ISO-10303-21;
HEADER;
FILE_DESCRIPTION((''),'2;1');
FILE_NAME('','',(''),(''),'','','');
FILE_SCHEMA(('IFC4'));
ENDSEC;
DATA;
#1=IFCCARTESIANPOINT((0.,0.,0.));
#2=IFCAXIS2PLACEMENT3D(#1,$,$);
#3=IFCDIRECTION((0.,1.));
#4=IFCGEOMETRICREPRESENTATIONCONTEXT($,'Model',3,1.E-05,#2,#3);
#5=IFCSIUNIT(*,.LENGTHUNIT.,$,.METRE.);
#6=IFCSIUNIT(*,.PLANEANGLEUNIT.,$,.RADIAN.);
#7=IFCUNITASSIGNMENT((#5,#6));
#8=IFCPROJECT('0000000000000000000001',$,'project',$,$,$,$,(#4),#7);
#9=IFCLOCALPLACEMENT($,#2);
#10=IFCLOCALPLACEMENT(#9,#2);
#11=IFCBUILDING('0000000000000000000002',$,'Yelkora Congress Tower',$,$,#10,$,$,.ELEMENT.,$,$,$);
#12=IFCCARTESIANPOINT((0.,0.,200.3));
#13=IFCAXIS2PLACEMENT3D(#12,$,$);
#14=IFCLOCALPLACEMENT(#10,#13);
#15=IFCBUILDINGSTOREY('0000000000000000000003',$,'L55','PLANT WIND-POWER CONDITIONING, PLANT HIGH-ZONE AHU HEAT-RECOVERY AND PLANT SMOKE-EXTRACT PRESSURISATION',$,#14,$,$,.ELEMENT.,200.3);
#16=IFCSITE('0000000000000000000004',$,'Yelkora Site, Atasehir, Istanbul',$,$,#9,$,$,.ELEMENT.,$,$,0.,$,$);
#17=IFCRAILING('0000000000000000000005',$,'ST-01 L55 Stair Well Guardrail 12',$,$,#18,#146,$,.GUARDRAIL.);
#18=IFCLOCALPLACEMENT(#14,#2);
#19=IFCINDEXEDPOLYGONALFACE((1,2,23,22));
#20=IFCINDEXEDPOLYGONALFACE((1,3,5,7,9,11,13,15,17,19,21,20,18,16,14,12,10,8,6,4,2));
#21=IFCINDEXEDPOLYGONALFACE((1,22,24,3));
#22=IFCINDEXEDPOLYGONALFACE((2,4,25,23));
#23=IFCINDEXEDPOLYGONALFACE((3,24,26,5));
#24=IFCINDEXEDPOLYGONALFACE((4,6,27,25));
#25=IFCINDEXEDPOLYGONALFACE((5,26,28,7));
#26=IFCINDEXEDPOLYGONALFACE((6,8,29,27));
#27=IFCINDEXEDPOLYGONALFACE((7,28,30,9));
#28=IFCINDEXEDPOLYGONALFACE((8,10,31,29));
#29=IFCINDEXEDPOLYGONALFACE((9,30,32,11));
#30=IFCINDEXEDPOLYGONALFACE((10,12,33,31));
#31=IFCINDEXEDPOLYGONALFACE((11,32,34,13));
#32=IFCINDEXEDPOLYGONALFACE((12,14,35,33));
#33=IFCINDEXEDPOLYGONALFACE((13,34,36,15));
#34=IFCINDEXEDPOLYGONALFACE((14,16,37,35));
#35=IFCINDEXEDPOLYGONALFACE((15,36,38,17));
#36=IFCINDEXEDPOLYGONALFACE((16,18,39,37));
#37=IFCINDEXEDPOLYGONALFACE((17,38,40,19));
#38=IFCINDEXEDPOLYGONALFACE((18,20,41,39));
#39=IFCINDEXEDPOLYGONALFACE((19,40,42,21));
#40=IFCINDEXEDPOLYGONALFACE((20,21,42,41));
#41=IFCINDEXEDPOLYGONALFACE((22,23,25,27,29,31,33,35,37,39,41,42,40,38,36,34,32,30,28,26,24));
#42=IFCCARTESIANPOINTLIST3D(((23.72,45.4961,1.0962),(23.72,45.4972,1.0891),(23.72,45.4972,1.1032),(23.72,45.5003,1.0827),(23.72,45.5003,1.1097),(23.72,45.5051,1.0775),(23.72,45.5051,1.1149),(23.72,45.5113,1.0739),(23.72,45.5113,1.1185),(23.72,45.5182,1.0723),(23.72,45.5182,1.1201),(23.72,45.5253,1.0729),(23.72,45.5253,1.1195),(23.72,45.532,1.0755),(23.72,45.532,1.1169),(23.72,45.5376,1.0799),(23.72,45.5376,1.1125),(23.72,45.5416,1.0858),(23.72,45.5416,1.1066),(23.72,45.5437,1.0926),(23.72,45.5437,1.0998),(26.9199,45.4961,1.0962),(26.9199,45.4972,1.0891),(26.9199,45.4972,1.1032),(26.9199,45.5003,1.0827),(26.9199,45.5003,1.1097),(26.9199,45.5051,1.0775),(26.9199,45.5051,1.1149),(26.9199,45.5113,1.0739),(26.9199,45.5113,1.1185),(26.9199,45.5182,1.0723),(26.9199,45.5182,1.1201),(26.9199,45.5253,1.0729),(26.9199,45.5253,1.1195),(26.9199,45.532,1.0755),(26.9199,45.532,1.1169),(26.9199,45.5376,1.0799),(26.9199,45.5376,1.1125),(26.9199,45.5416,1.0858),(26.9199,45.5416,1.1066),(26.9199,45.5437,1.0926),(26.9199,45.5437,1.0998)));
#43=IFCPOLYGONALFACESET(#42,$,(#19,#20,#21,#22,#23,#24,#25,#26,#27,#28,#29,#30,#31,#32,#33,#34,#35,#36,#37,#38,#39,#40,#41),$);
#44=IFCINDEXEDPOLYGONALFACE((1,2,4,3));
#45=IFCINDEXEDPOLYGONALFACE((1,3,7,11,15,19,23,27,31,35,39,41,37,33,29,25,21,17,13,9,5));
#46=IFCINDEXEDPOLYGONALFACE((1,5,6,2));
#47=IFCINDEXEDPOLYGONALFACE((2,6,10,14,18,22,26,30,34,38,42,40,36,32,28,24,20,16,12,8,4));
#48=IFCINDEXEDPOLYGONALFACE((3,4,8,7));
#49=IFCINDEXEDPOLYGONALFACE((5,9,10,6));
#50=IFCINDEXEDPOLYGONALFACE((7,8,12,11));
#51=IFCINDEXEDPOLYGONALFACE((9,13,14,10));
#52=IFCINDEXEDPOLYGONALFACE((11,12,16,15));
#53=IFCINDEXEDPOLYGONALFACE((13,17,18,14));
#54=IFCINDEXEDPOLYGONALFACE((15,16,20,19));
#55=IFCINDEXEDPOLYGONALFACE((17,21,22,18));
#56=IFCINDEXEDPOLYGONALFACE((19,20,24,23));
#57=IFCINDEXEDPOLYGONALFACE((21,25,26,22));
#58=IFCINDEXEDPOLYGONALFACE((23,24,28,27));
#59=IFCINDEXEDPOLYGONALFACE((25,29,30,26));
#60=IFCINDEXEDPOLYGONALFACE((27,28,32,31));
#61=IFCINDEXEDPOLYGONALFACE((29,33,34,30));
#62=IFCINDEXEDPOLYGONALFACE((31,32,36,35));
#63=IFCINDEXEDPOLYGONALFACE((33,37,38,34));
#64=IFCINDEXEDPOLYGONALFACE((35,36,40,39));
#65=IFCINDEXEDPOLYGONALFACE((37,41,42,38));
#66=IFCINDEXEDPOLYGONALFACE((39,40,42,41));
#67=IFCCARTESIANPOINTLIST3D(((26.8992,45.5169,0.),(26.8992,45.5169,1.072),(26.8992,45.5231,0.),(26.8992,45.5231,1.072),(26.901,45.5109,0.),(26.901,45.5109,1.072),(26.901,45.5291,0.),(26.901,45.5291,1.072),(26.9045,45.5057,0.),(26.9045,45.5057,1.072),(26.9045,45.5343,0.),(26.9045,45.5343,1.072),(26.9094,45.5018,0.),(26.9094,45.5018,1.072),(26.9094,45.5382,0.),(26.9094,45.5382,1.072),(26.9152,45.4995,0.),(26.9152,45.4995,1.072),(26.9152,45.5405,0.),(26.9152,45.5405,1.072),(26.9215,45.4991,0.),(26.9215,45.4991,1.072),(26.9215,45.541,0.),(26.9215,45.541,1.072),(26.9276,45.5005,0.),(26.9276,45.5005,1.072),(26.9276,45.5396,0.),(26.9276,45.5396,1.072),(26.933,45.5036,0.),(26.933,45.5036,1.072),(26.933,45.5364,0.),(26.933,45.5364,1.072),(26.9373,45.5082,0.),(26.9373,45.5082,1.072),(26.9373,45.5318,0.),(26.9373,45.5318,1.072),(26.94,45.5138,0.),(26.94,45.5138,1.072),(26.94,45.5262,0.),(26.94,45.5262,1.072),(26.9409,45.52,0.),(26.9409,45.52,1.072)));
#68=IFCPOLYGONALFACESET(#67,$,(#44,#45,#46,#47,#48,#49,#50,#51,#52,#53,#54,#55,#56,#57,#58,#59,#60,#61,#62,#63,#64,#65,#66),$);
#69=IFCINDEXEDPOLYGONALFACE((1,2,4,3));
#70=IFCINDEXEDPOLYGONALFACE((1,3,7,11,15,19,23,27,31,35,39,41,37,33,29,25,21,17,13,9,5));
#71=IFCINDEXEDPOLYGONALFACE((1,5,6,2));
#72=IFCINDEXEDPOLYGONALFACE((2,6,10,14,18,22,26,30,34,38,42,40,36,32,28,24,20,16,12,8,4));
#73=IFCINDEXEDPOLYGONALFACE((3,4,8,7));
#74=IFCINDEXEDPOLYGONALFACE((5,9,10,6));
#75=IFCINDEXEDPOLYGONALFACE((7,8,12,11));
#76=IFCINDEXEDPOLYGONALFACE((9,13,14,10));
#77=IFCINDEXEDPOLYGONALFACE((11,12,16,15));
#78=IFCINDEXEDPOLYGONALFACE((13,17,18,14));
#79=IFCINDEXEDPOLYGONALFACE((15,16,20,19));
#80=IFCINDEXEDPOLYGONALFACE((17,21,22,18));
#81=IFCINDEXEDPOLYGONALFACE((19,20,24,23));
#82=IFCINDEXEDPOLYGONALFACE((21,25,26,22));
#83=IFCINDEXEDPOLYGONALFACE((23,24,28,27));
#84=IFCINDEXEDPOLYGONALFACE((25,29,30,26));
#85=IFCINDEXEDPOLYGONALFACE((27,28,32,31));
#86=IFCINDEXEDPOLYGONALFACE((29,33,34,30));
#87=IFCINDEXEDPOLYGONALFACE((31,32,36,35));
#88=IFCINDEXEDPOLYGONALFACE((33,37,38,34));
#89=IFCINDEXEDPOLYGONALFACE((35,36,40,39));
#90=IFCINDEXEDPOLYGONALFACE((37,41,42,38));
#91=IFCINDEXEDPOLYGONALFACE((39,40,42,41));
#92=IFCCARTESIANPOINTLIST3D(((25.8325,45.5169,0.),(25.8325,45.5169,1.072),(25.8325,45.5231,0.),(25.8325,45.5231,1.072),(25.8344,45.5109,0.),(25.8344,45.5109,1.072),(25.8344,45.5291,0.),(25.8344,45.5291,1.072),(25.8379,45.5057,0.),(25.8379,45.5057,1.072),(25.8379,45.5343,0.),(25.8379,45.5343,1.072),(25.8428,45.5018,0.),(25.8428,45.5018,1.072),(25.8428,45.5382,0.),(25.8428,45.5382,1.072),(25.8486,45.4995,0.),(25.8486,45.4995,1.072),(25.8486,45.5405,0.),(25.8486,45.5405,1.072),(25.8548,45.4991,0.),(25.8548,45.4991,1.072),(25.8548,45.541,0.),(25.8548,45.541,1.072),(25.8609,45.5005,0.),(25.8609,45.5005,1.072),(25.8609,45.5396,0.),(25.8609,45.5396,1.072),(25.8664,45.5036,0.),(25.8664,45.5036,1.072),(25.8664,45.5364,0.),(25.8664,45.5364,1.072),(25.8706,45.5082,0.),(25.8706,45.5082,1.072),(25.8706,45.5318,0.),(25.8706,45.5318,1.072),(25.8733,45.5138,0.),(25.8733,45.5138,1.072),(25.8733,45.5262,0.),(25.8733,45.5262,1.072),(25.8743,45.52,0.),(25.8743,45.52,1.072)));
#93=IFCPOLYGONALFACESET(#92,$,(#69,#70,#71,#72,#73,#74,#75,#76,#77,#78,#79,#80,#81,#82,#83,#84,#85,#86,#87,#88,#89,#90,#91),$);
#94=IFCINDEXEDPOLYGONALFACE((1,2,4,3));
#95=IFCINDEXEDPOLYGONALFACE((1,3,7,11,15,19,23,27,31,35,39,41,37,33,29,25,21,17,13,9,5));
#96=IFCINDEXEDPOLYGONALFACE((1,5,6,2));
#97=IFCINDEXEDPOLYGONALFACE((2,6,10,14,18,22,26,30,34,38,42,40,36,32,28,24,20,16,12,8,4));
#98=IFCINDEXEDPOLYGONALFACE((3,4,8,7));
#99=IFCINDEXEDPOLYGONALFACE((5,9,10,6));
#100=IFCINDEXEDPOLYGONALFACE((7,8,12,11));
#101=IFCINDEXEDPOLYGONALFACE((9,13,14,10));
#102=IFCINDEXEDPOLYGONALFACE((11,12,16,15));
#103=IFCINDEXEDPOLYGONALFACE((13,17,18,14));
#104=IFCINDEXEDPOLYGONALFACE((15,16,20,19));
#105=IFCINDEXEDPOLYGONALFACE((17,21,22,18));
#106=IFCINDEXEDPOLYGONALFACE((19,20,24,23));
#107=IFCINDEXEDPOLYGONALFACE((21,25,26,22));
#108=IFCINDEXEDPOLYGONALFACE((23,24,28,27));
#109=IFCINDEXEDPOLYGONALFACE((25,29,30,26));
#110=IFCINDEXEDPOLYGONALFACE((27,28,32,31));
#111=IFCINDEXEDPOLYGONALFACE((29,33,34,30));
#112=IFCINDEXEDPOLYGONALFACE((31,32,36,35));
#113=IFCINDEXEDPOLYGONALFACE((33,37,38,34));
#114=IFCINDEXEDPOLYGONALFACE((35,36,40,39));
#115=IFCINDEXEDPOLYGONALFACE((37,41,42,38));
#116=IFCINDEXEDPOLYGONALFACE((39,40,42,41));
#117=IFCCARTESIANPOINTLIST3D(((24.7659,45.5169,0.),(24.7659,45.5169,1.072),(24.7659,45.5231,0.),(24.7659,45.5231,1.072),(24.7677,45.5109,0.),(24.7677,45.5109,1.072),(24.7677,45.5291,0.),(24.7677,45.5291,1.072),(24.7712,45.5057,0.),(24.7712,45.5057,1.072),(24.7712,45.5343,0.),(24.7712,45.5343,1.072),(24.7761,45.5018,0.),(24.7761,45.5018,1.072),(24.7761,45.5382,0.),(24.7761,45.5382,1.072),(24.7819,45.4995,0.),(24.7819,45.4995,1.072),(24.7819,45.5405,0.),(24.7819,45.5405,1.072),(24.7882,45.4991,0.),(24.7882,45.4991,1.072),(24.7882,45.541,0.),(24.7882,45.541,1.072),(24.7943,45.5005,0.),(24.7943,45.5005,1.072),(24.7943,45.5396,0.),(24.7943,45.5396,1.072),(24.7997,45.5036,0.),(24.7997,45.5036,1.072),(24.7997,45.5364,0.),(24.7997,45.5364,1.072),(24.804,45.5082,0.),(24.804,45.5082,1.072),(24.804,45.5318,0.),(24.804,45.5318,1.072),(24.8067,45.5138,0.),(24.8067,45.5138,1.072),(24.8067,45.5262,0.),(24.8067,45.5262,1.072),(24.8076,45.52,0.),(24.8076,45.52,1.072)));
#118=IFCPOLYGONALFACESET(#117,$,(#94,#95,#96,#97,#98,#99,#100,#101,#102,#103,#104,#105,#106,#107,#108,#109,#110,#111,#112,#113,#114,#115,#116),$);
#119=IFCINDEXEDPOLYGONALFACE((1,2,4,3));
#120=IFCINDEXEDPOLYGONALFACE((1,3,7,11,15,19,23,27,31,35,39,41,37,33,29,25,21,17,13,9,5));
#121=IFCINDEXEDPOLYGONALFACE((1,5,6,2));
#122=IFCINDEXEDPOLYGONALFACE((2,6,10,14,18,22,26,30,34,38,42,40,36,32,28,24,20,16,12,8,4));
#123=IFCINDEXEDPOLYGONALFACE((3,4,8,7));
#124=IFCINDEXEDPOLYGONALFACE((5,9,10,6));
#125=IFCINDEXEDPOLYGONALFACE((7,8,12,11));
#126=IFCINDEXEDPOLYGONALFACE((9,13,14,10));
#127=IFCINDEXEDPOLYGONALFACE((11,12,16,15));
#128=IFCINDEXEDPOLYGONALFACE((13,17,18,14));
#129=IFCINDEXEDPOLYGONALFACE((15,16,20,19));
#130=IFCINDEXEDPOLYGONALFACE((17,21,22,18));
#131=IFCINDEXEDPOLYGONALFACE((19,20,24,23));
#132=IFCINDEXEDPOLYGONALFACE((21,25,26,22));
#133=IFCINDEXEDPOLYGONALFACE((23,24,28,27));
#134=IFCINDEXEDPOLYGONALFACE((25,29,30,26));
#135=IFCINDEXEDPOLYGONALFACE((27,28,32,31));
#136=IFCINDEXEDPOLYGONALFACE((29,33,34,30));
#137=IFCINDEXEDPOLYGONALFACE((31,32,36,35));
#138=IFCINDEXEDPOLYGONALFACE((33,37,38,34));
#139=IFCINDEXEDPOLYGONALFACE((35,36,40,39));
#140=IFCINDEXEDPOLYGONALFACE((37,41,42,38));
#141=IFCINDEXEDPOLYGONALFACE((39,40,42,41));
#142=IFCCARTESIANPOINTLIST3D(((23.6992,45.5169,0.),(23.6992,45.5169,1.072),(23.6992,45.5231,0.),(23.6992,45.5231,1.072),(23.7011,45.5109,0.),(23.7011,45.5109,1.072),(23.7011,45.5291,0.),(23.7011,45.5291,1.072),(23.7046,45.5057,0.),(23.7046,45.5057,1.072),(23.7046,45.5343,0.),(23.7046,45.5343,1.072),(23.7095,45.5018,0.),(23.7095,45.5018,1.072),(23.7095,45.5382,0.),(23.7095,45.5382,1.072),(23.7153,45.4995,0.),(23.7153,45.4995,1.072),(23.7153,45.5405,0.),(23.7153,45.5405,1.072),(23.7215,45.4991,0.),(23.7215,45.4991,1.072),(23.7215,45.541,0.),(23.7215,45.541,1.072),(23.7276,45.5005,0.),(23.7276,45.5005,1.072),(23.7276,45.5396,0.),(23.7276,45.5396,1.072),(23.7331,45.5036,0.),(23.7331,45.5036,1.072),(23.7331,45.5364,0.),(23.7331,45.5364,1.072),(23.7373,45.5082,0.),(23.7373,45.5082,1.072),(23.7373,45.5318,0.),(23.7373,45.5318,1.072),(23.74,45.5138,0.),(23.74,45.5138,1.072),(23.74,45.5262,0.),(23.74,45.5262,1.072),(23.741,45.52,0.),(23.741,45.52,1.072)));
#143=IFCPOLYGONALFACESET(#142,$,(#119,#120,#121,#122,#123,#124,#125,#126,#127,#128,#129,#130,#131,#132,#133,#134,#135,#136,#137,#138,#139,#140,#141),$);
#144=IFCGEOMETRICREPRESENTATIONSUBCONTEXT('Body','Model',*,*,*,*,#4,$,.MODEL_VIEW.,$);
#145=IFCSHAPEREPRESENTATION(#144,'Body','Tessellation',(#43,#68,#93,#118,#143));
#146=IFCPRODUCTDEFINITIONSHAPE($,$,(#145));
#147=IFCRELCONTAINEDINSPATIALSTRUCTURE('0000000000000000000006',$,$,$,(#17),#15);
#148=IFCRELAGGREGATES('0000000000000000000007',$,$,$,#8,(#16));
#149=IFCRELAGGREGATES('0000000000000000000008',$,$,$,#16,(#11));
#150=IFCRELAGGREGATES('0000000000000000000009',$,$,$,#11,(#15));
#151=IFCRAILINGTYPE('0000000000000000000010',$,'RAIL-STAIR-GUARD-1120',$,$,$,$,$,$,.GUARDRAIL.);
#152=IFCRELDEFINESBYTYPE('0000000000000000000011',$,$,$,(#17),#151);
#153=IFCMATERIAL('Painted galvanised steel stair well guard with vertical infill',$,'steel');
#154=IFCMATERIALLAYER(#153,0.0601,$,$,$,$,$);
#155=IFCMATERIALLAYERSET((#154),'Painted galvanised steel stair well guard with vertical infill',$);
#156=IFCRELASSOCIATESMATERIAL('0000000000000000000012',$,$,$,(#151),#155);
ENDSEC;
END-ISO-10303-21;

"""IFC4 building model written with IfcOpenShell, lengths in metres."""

from ifc_helpers import new_model, si_unit, direction, frame, origin, origin_2d, place, context, subcontext, project, spatial, circle, extrude, material, layer, layer_set, type_object, element, save


model = new_model("IFC4")

# Units and contexts
model_context = context("Model", 3, precision=1e-05, world=origin(), true_north=direction((0.0, 1.0)))
body_context = subcontext(model_context, "Body", "Model", "MODEL_VIEW")
ifc_project = project(units=[si_unit("LENGTHUNIT", "METRE"), si_unit("PLANEANGLEUNIT", "RADIAN")], contexts=[model_context])

# Site, building, storey
site_placement = place(None, origin())
site = spatial("IfcSite", under=ifc_project, at=site_placement, Name="Yelkora Site, Atasehir, Istanbul", CompositionType="ELEMENT", RefElevation=0.0)
building_placement = place(site_placement, origin())
building = spatial("IfcBuilding", under=site, at=building_placement, Name="Yelkora Congress Tower", CompositionType="ELEMENT")
storey_placement = place(building_placement, frame((0.0, 0.0, 200.3)))
storey = spatial("IfcBuildingStorey", under=building, at=storey_placement, Name="L55", Description="PLANT WIND-POWER CONDITIONING, PLANT HIGH-ZONE AHU HEAT-RECOVERY AND PLANT SMOKE-EXTRACT PRESSURISATION", CompositionType="ELEMENT", Elevation=200.3)

# Railing
ifc_material_1 = material(Name="Painted galvanised steel stair well guard with vertical infill", Category="steel")
ifc_layer_1 = layer(ifc_material_1, 0.0601)
ifc_layer_set_1 = layer_set([ifc_layer_1], Name="Painted galvanised steel stair well guard with vertical infill")
railing_type_1 = type_object("IfcRailingType", Name="RAIL-STAIR-GUARD-1120", PredefinedType="GUARDRAIL", material=ifc_layer_set_1)
railing_1_placement = place(storey_placement, frame((26.9199, 45.52, 0.0)))
element("IfcRailing", 1, at=railing_1_placement, inside=storey, type_object=railing_type_1, Name="ST-01 L55 Stair Well Guardrail 12", PredefinedType="GUARDRAIL", context=body_context, shape_type="SweptSolid", body=[
    extrude(circle(Radius=0.0239, at=origin_2d()), frame((0.0, 0.0, 1.0962), z_axis=(-1.0, 0.0, 0.0), x_axis=(0.0, -1.0, 0.0)), (0.0, 0.0, 1.0), 3.2),
    extrude(circle(Radius=0.021, at=origin_2d()), origin(), (0.0, 0.0, 1.0), 1.072),
    extrude(circle(Radius=0.021, at=origin_2d()), frame((-1.0667, 0.0, 0.0)), (0.0, 0.0, 1.0), 1.072),
    extrude(circle(Radius=0.021, at=origin_2d()), frame((-2.1333, 0.0, 0.0)), (0.0, 0.0, 1.0), 1.072),
    extrude(circle(Radius=0.021, at=origin_2d()), frame((-3.2, 0.0, 0.0)), (0.0, 0.0, 1.0), 1.072),
])

save(model, "model.ifc")
